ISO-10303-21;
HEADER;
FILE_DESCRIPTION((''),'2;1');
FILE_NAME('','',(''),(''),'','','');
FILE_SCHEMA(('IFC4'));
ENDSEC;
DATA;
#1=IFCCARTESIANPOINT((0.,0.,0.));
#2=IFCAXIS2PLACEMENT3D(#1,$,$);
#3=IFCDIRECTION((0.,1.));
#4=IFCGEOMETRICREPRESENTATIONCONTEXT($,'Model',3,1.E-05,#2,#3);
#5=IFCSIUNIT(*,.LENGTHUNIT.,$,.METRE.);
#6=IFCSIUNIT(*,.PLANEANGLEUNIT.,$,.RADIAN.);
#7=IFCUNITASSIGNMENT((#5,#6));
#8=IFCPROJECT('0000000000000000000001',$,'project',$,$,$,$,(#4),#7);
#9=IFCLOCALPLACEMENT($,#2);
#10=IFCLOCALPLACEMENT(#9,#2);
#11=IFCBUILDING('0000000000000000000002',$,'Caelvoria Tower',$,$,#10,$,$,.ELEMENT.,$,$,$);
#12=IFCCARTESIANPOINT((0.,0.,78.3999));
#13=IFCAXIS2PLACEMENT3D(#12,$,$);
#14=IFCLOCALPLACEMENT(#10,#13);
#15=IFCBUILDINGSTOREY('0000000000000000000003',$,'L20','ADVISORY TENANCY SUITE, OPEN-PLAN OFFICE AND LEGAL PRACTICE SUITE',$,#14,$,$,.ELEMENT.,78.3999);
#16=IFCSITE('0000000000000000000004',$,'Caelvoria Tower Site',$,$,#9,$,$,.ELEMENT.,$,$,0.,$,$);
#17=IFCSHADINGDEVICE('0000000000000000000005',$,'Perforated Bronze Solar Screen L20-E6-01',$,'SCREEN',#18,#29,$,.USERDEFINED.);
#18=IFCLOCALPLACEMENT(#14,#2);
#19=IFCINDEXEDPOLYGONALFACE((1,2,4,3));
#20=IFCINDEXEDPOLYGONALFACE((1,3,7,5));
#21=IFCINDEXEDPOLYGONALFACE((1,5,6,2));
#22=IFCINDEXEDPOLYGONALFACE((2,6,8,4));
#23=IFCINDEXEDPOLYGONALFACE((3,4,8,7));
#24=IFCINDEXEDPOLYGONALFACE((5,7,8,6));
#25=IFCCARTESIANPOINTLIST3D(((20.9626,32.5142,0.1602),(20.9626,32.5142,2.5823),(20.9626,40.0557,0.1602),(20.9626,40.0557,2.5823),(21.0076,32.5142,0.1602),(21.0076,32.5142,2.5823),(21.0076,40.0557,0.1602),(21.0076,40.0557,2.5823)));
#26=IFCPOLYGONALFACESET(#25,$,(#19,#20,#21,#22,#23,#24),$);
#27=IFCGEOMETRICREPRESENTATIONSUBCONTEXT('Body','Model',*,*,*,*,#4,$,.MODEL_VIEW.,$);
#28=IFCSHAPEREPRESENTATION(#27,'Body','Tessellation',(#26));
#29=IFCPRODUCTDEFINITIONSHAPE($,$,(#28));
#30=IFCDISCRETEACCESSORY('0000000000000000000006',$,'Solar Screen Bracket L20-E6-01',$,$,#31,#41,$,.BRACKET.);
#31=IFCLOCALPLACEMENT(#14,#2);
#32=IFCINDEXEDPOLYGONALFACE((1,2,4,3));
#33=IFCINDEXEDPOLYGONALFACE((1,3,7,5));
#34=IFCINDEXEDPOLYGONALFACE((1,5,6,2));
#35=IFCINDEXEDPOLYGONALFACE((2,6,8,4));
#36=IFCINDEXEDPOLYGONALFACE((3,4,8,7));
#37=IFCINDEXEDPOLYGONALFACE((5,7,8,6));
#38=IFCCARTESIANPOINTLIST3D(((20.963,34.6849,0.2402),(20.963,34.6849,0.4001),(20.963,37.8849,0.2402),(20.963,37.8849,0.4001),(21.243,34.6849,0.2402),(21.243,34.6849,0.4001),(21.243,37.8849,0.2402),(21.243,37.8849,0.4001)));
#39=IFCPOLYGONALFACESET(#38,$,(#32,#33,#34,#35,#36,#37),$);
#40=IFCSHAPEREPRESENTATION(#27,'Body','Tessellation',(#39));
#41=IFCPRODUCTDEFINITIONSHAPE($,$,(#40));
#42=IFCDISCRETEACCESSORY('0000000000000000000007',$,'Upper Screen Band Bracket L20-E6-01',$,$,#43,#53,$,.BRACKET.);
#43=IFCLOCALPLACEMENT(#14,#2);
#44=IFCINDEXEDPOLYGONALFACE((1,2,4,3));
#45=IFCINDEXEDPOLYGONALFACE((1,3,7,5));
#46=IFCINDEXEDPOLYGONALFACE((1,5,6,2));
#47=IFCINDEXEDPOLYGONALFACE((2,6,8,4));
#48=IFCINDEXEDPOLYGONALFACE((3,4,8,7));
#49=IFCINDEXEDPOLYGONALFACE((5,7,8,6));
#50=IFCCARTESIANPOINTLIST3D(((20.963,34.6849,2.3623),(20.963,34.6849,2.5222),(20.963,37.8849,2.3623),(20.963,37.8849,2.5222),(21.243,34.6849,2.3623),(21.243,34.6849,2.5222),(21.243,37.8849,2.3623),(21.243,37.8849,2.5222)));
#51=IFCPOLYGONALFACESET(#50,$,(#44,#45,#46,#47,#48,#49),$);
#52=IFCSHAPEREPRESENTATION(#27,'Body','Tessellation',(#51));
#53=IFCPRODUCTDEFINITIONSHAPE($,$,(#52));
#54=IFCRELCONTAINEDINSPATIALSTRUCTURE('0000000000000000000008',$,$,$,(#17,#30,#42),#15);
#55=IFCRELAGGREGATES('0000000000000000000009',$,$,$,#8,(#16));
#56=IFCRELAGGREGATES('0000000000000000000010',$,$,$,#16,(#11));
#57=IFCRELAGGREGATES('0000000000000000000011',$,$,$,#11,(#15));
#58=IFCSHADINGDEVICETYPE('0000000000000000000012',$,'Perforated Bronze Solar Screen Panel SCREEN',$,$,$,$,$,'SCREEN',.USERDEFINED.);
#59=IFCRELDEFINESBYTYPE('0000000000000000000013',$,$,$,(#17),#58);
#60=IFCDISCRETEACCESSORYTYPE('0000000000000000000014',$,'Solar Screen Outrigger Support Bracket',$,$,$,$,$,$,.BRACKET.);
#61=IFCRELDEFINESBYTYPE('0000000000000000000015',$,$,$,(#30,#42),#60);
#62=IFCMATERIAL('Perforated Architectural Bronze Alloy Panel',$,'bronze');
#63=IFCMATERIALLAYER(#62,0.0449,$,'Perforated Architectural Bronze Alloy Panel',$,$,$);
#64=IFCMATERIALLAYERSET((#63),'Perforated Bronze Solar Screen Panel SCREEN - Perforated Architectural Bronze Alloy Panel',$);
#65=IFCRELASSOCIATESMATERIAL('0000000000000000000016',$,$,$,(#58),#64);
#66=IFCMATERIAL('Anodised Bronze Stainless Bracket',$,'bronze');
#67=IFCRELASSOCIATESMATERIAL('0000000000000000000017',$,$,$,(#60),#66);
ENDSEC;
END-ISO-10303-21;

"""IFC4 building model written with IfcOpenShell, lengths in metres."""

from ifc_helpers import new_model, si_unit, direction, frame, origin, origin_2d, place, context, subcontext, project, spatial, rectangle, extrude, material, layer, layer_set, type_object, element, save


model = new_model("IFC4")

# Units and contexts
model_context = context("Model", 3, precision=1e-05, world=origin(), true_north=direction((0.0, 1.0)))
body_context = subcontext(model_context, "Body", "Model", "MODEL_VIEW")
ifc_project = project(units=[si_unit("LENGTHUNIT", "METRE"), si_unit("PLANEANGLEUNIT", "RADIAN")], contexts=[model_context])

# Site, building, storey
site_placement = place(None, origin())
site = spatial("IfcSite", under=ifc_project, at=site_placement, Name="Caelvoria Tower Site", CompositionType="ELEMENT", RefElevation=0.0)
building_placement = place(site_placement, origin())
building = spatial("IfcBuilding", under=site, at=building_placement, Name="Caelvoria Tower", CompositionType="ELEMENT")
storey_placement = place(building_placement, frame((0.0, 0.0, 78.3999)))
storey = spatial("IfcBuildingStorey", under=building, at=storey_placement, Name="L20", Description="ADVISORY TENANCY SUITE, OPEN-PLAN OFFICE AND LEGAL PRACTICE SUITE", CompositionType="ELEMENT", Elevation=78.3999)

# Shading device
ifc_material_1 = material(Name="Perforated Architectural Bronze Alloy Panel", Category="bronze")
ifc_layer_1 = layer(ifc_material_1, 0.0449, Name="Perforated Architectural Bronze Alloy Panel")
ifc_layer_set_1 = layer_set([ifc_layer_1], Name="Perforated Bronze Solar Screen Panel SCREEN - Perforated Architectural Bronze Alloy Panel")
shading_device_type = type_object("IfcShadingDeviceType", Name="Perforated Bronze Solar Screen Panel SCREEN", ElementType="SCREEN", PredefinedType="USERDEFINED", material=ifc_layer_set_1)
shading_device_placement = place(storey_placement, frame((20.9851, 36.2849, 0.1602), z_axis=(0.0, 0.0, 1.0), x_axis=(0.0, -1.0, 0.0)))
element("IfcShadingDevice", 1, at=shading_device_placement, inside=storey, type_object=shading_device_type, Name="Perforated Bronze Solar Screen L20-E6-01", ObjectType="SCREEN", PredefinedType="USERDEFINED", context=body_context, shape_type="SweptSolid", body=[
    extrude(rectangle(XDim=7.5415, YDim=0.0449, at=origin_2d()), origin(), (0.0, 0.0, 1.0), 2.4221),
])

# Discrete accessories
ifc_material_2 = material(Name="Anodised Bronze Stainless Bracket", Category="bronze")
discrete_accessory_type = type_object("IfcDiscreteAccessoryType", Name="Solar Screen Outrigger Support Bracket", PredefinedType="BRACKET", material=ifc_material_2)
for number, where, z_axis, x_axis, name in (
    (2, (21.103, 36.2849, 0.2402), (0.0, 0.0, 1.0), (0.0, -1.0, 0.0), "Solar Screen Bracket L20-E6-01"),
    (3, (21.103, 36.2849, 2.3623), (0.0, 0.0, 1.0), (0.0, -1.0, 0.0), "Upper Screen Band Bracket L20-E6-01"),
):
    element("IfcDiscreteAccessory", number, at=place(storey_placement, frame(where, z_axis=z_axis, x_axis=x_axis)), inside=storey, type_object=discrete_accessory_type, Name=name, PredefinedType="BRACKET", context=body_context, shape_type="SweptSolid", body=[
        extrude(rectangle(XDim=3.2, YDim=0.28, at=origin_2d()), origin(), (0.0, 0.0, 1.0), 0.1599),
    ])

save(model, "model.ifc")
